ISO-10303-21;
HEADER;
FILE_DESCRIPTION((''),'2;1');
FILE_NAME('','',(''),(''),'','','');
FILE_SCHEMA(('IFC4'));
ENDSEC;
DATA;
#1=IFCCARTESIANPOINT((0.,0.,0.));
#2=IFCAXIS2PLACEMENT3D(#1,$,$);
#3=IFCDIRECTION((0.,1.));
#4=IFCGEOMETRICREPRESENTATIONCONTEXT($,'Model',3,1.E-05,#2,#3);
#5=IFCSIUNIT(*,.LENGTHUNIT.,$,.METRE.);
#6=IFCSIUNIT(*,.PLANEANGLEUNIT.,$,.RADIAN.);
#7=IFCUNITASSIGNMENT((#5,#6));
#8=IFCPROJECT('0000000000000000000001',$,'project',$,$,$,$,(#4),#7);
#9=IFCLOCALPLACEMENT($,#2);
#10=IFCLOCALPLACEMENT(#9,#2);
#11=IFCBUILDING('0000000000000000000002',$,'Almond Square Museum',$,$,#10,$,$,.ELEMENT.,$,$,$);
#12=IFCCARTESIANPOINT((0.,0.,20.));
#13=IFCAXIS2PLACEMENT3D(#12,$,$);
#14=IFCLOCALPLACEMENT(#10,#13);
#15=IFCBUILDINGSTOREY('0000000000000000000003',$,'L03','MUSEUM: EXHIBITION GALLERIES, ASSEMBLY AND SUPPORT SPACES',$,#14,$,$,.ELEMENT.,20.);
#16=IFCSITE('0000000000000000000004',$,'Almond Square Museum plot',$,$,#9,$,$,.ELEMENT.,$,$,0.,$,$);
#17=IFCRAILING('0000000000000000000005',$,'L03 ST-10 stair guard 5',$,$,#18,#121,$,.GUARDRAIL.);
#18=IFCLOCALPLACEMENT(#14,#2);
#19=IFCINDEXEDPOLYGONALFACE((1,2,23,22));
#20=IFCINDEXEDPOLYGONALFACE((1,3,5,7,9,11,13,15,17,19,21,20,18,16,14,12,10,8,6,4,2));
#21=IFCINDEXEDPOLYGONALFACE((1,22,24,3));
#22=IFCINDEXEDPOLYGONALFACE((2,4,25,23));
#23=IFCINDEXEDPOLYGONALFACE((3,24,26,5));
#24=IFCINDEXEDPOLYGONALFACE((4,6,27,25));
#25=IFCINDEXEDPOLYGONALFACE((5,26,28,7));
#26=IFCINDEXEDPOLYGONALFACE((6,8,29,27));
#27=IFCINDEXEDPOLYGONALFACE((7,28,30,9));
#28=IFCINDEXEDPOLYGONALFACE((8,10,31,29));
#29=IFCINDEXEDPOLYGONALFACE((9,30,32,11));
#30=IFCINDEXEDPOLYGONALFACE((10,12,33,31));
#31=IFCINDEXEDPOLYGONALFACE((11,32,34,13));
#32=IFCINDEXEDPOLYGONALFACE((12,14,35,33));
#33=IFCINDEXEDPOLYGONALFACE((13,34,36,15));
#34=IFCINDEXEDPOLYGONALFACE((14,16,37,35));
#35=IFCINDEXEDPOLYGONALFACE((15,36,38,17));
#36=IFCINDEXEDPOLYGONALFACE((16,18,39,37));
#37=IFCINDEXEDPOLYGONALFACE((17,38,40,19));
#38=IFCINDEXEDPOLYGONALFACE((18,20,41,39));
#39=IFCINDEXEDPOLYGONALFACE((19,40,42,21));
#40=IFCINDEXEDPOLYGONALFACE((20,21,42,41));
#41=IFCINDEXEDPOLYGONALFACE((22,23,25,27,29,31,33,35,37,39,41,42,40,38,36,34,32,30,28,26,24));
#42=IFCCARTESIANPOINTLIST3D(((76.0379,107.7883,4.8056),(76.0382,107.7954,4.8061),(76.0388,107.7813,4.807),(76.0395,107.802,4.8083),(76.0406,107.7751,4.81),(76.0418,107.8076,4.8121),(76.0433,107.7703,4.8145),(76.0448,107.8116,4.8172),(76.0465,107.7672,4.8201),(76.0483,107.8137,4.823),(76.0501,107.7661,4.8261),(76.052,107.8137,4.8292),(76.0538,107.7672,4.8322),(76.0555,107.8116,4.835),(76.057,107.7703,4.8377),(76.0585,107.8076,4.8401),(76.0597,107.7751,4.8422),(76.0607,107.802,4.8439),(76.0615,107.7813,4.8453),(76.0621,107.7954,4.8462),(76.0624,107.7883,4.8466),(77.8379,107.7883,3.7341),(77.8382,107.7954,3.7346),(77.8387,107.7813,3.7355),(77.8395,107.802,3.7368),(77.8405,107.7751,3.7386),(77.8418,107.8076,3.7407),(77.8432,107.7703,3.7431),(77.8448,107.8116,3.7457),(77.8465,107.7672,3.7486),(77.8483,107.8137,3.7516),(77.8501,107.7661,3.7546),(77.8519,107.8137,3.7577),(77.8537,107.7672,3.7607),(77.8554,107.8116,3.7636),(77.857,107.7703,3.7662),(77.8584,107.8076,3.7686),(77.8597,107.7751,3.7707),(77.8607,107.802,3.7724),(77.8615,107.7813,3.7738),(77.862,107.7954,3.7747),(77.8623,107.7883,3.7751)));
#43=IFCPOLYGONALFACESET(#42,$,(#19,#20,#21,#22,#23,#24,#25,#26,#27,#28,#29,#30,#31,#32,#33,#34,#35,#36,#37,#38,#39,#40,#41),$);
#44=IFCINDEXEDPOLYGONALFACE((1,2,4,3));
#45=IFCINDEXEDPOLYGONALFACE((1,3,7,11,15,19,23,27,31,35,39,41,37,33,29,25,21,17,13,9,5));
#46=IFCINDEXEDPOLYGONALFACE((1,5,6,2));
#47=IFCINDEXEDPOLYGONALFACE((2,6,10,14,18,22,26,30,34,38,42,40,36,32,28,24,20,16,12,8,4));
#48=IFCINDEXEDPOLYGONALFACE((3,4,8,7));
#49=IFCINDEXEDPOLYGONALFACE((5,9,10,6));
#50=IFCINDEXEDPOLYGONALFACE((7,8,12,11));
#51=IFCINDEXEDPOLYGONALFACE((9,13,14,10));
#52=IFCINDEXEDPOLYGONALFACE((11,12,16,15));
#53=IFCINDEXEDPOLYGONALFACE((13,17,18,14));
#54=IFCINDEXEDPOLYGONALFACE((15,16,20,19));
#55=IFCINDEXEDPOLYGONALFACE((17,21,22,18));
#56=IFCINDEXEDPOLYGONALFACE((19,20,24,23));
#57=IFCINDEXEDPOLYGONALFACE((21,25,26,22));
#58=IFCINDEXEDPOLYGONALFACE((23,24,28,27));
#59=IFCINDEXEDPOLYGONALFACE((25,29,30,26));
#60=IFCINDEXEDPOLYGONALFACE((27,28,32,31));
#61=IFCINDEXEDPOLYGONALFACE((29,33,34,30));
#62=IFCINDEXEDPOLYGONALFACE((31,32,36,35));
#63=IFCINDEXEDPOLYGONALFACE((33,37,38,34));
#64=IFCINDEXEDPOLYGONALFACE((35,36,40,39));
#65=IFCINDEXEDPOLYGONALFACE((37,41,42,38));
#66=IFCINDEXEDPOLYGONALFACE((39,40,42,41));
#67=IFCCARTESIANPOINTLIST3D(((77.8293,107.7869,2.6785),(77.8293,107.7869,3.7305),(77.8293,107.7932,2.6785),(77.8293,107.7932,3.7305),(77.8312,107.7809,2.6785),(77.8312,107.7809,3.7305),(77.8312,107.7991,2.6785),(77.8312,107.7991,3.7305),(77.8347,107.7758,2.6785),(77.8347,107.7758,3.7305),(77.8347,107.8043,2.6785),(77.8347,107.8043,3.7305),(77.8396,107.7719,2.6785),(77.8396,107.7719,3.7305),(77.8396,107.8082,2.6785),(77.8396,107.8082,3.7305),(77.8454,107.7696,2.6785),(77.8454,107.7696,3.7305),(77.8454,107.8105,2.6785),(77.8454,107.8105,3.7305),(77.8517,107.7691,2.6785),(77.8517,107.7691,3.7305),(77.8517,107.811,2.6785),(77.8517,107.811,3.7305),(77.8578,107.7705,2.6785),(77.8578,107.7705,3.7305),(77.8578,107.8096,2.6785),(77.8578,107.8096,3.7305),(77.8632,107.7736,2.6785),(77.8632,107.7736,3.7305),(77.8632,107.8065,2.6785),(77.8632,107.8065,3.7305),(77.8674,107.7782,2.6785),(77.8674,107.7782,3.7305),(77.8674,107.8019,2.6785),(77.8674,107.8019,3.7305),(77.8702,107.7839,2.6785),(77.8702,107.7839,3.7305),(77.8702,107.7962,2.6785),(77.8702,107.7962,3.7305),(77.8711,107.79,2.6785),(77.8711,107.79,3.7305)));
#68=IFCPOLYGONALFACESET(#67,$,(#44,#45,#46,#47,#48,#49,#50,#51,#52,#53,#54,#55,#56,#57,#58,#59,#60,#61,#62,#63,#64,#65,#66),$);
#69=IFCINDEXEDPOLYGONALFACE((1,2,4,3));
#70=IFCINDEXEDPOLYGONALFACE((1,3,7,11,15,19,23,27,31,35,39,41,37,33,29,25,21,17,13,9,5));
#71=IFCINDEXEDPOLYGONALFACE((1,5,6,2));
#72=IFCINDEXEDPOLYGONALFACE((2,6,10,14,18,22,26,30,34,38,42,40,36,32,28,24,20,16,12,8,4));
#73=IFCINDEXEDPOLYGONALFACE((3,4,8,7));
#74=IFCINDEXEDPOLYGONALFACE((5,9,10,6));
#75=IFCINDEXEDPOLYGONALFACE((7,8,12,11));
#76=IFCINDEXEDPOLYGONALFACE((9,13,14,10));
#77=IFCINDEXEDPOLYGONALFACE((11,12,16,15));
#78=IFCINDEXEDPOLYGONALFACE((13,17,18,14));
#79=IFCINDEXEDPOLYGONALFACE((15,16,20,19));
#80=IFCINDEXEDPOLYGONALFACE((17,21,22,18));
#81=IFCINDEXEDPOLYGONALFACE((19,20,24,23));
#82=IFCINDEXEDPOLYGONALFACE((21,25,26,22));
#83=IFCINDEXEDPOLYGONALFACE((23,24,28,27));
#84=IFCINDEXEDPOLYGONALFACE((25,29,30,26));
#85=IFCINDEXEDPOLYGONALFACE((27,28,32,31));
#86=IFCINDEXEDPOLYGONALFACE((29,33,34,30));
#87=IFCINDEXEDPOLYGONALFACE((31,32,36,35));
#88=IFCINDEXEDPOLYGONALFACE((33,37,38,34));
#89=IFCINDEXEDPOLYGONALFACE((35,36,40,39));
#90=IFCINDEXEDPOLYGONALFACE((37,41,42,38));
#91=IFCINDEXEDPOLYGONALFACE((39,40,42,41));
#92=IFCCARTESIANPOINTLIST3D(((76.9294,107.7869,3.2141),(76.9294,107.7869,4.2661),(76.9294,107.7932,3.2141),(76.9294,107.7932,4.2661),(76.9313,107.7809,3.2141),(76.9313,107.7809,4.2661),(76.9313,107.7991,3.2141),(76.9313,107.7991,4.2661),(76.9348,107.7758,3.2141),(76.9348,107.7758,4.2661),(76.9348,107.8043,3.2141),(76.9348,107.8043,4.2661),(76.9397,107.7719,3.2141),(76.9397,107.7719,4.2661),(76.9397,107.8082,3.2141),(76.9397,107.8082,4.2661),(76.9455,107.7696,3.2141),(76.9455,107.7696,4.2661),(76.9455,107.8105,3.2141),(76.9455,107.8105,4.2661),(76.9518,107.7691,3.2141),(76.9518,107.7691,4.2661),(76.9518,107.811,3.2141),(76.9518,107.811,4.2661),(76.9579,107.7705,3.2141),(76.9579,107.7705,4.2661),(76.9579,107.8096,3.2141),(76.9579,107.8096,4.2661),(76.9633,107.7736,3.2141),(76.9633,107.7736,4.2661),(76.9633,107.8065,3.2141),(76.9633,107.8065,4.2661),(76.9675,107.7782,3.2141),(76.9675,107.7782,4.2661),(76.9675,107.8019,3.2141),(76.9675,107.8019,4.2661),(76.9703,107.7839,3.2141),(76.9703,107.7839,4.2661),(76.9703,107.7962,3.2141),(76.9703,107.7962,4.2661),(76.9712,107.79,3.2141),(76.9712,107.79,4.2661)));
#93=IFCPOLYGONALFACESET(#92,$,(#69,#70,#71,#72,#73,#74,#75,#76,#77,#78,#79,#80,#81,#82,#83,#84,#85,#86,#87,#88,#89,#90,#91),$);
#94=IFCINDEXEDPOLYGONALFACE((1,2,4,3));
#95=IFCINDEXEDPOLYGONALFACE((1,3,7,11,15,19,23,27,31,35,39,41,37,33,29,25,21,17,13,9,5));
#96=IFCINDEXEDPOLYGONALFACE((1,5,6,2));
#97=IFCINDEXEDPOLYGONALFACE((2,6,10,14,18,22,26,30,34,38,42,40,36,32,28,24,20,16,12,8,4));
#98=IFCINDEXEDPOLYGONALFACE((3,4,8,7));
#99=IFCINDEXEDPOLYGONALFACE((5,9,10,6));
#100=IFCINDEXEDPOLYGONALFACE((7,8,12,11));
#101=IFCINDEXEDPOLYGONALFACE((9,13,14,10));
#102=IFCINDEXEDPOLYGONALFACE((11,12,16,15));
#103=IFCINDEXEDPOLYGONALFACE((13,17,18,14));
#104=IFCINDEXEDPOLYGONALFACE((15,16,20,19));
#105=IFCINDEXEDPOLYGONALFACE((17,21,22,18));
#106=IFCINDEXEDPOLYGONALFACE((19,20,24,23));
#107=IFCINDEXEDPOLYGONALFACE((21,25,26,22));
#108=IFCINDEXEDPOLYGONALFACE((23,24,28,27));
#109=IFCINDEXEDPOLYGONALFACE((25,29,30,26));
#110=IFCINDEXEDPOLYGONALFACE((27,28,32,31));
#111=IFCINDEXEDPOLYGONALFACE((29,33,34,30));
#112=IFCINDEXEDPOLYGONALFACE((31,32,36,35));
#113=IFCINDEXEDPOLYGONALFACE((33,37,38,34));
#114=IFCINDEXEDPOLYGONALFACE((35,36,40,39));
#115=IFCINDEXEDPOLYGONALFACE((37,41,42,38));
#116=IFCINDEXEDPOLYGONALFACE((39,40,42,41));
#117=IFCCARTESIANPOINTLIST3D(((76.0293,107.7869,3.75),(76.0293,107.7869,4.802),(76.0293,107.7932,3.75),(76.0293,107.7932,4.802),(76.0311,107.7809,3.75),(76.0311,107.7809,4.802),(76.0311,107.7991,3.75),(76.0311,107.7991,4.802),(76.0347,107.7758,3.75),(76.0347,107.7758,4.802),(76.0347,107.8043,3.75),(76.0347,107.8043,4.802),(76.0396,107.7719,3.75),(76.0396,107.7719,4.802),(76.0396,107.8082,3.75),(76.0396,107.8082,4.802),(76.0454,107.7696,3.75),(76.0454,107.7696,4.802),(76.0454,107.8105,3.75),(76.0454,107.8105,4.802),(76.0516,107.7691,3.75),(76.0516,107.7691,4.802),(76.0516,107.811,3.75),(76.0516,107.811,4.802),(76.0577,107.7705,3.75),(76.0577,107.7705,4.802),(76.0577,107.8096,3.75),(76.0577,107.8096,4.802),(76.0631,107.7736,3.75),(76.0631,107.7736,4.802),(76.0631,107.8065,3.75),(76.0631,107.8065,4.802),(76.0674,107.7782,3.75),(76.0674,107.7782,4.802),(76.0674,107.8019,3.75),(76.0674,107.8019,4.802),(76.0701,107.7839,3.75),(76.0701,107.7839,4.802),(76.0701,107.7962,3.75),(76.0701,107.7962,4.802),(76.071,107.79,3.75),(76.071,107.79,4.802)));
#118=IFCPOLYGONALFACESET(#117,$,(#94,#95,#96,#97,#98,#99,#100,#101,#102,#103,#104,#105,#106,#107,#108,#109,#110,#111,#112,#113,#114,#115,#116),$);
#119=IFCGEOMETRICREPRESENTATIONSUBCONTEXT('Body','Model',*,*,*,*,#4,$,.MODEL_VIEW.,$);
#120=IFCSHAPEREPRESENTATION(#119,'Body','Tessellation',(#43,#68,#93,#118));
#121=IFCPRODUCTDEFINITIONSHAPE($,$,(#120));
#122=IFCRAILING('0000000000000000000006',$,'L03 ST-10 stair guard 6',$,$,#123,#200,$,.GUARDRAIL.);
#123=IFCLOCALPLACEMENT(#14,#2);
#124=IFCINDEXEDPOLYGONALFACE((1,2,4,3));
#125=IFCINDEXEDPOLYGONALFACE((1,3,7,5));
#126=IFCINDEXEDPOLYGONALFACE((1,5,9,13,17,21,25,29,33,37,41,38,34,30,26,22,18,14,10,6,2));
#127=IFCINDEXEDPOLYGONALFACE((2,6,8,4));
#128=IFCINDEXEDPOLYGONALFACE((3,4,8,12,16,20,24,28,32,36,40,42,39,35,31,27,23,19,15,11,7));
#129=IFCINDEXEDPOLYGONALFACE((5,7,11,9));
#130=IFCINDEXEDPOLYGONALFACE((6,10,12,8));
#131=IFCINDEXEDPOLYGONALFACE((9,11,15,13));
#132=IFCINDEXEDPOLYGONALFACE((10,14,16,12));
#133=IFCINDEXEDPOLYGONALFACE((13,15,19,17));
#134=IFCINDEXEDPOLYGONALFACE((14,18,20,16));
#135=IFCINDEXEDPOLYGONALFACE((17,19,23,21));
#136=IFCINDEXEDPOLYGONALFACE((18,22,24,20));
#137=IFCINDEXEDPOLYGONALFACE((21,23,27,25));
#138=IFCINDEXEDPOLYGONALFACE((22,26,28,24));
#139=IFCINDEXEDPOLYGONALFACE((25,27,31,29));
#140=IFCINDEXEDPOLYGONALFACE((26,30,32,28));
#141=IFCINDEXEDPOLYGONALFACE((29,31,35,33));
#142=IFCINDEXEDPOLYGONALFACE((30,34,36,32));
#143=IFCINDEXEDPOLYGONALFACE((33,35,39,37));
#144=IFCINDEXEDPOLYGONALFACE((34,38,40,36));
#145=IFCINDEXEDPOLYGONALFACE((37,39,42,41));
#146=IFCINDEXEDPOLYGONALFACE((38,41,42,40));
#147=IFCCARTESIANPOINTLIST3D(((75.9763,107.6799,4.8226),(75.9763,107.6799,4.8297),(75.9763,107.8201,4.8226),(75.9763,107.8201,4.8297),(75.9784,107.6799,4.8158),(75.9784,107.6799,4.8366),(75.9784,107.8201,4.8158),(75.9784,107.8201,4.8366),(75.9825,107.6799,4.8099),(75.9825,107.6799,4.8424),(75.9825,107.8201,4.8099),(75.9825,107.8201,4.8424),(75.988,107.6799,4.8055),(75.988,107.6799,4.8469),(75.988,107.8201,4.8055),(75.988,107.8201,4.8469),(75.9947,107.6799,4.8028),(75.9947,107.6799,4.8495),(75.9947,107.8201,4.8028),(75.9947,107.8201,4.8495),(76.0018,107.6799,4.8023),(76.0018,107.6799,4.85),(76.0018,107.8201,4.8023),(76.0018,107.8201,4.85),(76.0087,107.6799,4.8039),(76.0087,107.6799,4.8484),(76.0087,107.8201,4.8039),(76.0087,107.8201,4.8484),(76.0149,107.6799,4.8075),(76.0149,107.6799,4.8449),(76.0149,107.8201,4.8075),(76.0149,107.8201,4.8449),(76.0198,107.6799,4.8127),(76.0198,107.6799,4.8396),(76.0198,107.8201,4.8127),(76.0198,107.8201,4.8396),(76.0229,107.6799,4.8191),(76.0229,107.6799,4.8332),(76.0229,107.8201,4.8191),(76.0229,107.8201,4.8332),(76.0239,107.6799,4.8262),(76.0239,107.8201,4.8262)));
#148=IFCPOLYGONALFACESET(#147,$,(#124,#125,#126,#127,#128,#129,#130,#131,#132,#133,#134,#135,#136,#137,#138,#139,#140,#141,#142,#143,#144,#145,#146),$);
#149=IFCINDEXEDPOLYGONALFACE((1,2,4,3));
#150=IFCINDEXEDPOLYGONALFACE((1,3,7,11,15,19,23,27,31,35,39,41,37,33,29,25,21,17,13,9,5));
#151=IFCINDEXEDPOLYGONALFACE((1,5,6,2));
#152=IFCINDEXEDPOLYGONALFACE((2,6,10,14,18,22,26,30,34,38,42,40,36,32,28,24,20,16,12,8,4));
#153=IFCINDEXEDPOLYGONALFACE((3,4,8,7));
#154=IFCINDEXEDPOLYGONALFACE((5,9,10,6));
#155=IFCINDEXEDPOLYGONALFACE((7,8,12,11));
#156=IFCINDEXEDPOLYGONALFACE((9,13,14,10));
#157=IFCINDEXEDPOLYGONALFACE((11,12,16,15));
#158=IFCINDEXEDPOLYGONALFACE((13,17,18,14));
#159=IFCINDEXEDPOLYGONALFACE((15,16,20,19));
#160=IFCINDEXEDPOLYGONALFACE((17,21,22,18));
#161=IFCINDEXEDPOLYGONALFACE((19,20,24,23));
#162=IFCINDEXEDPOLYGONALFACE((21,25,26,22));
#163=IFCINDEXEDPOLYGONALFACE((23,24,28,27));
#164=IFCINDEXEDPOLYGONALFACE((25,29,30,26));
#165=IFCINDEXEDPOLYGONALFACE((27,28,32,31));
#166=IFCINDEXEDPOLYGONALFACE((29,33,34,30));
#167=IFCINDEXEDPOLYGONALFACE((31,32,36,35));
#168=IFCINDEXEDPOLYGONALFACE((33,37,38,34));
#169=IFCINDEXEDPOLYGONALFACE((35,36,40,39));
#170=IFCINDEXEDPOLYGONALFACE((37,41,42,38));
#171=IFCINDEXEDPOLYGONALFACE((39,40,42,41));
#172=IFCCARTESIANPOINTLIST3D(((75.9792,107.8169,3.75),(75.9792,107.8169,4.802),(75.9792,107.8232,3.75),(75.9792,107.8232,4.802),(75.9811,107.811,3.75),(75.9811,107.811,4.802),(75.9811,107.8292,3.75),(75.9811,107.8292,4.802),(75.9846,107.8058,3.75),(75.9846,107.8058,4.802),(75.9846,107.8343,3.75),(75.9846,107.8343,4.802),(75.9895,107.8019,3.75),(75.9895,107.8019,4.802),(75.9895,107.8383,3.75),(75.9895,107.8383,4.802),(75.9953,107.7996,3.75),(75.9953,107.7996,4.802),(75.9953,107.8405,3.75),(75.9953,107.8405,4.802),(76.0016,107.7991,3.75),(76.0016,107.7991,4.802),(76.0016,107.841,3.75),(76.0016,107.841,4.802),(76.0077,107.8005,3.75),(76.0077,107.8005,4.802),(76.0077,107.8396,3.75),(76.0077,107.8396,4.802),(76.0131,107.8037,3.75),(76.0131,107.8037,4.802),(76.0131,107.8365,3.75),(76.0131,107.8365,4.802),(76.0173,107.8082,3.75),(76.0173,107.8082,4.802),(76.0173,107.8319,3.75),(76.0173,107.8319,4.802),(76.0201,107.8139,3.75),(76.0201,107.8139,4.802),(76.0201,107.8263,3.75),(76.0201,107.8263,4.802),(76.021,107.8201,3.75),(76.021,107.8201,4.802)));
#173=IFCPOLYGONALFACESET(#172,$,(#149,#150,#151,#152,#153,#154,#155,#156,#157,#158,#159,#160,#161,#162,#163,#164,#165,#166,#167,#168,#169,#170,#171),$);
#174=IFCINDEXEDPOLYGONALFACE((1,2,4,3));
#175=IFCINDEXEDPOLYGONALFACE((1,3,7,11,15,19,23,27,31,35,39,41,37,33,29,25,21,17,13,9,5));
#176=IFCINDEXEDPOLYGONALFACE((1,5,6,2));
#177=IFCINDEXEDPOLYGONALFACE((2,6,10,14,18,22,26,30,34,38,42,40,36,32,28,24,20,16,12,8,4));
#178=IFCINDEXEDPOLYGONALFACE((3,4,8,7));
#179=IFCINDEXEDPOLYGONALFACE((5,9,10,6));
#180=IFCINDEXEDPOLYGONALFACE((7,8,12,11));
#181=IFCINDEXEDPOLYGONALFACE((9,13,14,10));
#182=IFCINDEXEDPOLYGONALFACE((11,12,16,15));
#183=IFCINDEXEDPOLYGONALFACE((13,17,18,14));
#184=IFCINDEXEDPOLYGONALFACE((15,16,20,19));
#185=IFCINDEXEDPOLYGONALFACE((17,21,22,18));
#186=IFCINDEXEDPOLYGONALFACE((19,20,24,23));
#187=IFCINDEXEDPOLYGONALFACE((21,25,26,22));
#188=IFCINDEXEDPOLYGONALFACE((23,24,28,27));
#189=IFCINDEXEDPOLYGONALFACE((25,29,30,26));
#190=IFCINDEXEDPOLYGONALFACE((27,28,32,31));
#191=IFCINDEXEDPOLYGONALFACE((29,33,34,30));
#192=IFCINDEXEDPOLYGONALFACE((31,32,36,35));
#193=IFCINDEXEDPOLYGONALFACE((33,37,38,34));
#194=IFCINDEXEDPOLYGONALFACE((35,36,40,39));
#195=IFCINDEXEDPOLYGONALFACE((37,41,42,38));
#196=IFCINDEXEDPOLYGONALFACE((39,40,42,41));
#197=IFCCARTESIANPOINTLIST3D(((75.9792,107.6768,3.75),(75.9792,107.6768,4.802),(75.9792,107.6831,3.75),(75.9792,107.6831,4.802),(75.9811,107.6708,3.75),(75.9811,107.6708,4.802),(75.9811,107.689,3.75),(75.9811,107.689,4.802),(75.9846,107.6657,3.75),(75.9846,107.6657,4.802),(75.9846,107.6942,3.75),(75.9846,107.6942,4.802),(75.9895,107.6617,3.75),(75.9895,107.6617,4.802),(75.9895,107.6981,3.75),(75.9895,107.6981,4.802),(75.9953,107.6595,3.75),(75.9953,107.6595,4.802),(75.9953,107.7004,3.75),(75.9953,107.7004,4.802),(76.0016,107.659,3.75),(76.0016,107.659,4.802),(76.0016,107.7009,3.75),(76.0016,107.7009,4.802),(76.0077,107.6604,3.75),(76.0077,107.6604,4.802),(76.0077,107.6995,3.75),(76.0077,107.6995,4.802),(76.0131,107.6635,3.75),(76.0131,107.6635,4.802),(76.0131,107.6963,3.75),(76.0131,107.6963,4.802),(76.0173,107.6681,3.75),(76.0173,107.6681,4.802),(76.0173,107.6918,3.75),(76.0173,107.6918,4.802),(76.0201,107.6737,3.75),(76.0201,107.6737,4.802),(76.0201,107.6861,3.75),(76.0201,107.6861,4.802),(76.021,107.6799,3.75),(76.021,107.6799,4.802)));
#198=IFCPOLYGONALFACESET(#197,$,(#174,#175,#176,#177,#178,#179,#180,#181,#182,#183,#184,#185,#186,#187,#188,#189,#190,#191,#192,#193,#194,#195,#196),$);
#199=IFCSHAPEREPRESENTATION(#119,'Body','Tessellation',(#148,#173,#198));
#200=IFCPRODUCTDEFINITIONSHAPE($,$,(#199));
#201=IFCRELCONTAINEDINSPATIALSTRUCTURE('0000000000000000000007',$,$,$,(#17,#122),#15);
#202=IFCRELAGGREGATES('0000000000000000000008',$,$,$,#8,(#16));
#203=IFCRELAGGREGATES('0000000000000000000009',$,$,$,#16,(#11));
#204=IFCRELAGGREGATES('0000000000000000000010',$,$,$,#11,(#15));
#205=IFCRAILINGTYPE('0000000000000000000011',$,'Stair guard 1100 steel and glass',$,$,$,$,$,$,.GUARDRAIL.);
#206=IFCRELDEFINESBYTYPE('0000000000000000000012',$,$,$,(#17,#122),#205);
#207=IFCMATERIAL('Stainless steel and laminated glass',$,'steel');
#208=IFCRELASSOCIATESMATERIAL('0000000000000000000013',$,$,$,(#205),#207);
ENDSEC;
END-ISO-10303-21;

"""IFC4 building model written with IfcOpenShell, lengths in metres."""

from ifc_helpers import new_model, si_unit, direction, frame, origin, origin_2d, place, context, subcontext, project, spatial, circle, extrude, material, type_object, element, save


model = new_model("IFC4")

# Units and contexts
model_context = context("Model", 3, precision=1e-05, world=origin(), true_north=direction((0.0, 1.0)))
body_context = subcontext(model_context, "Body", "Model", "MODEL_VIEW")
ifc_project = project(units=[si_unit("LENGTHUNIT", "METRE"), si_unit("PLANEANGLEUNIT", "RADIAN")], contexts=[model_context])

# Site, building, storey
site_placement = place(None, origin())
site = spatial("IfcSite", under=ifc_project, at=site_placement, Name="Almond Square Museum plot", CompositionType="ELEMENT", RefElevation=0.0)
building_placement = place(site_placement, origin())
building = spatial("IfcBuilding", under=site, at=building_placement, Name="Almond Square Museum", CompositionType="ELEMENT")
storey_placement = place(building_placement, frame((0.0, 0.0, 20.0)))
storey = spatial("IfcBuildingStorey", under=building, at=storey_placement, Name="L03", Description="MUSEUM: EXHIBITION GALLERIES, ASSEMBLY AND SUPPORT SPACES", CompositionType="ELEMENT", Elevation=20.0)

# Railings
ifc_material_1 = material(Name="Stainless steel and laminated glass", Category="steel")
railing_type_1 = type_object("IfcRailingType", Name="Stair guard 1100 steel and glass", PredefinedType="GUARDRAIL", material=ifc_material_1)
railing_1_placement = place(storey_placement, frame((77.8501, 107.79, 2.6785)))
element("IfcRailing", 1, at=railing_1_placement, inside=storey, type_object=railing_type_1, Name="L03 ST-10 stair guard 5", PredefinedType="GUARDRAIL", context=body_context, shape_type="SweptSolid", body=[
    extrude(circle(Radius=0.0239, at=origin_2d()), frame((0.0, 0.0, 1.0762), z_axis=(-0.859277, 0.0, 0.51151), x_axis=(0.0, -1.0, 0.0)), (0.0, 0.0, 1.0), 2.0947),
    extrude(circle(Radius=0.021, at=origin_2d()), origin(), (0.0, 0.0, 1.0), 1.052),
    extrude(circle(Radius=0.021, at=origin_2d()), frame((-0.8999, 0.0, 0.5356)), (0.0, 0.0, 1.0), 1.052),
    extrude(circle(Radius=0.021, at=origin_2d()), frame((-1.8, 0.0, 1.0715)), (0.0, 0.0, 1.0), 1.052),
])
railing_2_placement = place(storey_placement, frame((76.0, 107.8201, 3.75)))
element("IfcRailing", 2, at=railing_2_placement, inside=storey, type_object=railing_type_1, Name="L03 ST-10 stair guard 6", PredefinedType="GUARDRAIL", context=body_context, shape_type="SweptSolid", body=[
    extrude(circle(Radius=0.0239, at=origin_2d()), frame((0.0, 0.0, 1.0762), z_axis=(0.0, -1.0, 0.0), x_axis=(1.0, 0.0, 0.0)), (0.0, 0.0, 1.0), 0.1401),
    extrude(circle(Radius=0.021, at=origin_2d()), origin(), (0.0, 0.0, 1.0), 1.052),
    extrude(circle(Radius=0.021, at=origin_2d()), frame((0.0, -0.1401, 0.0)), (0.0, 0.0, 1.0), 1.052),
])

save(model, "model.ifc")
